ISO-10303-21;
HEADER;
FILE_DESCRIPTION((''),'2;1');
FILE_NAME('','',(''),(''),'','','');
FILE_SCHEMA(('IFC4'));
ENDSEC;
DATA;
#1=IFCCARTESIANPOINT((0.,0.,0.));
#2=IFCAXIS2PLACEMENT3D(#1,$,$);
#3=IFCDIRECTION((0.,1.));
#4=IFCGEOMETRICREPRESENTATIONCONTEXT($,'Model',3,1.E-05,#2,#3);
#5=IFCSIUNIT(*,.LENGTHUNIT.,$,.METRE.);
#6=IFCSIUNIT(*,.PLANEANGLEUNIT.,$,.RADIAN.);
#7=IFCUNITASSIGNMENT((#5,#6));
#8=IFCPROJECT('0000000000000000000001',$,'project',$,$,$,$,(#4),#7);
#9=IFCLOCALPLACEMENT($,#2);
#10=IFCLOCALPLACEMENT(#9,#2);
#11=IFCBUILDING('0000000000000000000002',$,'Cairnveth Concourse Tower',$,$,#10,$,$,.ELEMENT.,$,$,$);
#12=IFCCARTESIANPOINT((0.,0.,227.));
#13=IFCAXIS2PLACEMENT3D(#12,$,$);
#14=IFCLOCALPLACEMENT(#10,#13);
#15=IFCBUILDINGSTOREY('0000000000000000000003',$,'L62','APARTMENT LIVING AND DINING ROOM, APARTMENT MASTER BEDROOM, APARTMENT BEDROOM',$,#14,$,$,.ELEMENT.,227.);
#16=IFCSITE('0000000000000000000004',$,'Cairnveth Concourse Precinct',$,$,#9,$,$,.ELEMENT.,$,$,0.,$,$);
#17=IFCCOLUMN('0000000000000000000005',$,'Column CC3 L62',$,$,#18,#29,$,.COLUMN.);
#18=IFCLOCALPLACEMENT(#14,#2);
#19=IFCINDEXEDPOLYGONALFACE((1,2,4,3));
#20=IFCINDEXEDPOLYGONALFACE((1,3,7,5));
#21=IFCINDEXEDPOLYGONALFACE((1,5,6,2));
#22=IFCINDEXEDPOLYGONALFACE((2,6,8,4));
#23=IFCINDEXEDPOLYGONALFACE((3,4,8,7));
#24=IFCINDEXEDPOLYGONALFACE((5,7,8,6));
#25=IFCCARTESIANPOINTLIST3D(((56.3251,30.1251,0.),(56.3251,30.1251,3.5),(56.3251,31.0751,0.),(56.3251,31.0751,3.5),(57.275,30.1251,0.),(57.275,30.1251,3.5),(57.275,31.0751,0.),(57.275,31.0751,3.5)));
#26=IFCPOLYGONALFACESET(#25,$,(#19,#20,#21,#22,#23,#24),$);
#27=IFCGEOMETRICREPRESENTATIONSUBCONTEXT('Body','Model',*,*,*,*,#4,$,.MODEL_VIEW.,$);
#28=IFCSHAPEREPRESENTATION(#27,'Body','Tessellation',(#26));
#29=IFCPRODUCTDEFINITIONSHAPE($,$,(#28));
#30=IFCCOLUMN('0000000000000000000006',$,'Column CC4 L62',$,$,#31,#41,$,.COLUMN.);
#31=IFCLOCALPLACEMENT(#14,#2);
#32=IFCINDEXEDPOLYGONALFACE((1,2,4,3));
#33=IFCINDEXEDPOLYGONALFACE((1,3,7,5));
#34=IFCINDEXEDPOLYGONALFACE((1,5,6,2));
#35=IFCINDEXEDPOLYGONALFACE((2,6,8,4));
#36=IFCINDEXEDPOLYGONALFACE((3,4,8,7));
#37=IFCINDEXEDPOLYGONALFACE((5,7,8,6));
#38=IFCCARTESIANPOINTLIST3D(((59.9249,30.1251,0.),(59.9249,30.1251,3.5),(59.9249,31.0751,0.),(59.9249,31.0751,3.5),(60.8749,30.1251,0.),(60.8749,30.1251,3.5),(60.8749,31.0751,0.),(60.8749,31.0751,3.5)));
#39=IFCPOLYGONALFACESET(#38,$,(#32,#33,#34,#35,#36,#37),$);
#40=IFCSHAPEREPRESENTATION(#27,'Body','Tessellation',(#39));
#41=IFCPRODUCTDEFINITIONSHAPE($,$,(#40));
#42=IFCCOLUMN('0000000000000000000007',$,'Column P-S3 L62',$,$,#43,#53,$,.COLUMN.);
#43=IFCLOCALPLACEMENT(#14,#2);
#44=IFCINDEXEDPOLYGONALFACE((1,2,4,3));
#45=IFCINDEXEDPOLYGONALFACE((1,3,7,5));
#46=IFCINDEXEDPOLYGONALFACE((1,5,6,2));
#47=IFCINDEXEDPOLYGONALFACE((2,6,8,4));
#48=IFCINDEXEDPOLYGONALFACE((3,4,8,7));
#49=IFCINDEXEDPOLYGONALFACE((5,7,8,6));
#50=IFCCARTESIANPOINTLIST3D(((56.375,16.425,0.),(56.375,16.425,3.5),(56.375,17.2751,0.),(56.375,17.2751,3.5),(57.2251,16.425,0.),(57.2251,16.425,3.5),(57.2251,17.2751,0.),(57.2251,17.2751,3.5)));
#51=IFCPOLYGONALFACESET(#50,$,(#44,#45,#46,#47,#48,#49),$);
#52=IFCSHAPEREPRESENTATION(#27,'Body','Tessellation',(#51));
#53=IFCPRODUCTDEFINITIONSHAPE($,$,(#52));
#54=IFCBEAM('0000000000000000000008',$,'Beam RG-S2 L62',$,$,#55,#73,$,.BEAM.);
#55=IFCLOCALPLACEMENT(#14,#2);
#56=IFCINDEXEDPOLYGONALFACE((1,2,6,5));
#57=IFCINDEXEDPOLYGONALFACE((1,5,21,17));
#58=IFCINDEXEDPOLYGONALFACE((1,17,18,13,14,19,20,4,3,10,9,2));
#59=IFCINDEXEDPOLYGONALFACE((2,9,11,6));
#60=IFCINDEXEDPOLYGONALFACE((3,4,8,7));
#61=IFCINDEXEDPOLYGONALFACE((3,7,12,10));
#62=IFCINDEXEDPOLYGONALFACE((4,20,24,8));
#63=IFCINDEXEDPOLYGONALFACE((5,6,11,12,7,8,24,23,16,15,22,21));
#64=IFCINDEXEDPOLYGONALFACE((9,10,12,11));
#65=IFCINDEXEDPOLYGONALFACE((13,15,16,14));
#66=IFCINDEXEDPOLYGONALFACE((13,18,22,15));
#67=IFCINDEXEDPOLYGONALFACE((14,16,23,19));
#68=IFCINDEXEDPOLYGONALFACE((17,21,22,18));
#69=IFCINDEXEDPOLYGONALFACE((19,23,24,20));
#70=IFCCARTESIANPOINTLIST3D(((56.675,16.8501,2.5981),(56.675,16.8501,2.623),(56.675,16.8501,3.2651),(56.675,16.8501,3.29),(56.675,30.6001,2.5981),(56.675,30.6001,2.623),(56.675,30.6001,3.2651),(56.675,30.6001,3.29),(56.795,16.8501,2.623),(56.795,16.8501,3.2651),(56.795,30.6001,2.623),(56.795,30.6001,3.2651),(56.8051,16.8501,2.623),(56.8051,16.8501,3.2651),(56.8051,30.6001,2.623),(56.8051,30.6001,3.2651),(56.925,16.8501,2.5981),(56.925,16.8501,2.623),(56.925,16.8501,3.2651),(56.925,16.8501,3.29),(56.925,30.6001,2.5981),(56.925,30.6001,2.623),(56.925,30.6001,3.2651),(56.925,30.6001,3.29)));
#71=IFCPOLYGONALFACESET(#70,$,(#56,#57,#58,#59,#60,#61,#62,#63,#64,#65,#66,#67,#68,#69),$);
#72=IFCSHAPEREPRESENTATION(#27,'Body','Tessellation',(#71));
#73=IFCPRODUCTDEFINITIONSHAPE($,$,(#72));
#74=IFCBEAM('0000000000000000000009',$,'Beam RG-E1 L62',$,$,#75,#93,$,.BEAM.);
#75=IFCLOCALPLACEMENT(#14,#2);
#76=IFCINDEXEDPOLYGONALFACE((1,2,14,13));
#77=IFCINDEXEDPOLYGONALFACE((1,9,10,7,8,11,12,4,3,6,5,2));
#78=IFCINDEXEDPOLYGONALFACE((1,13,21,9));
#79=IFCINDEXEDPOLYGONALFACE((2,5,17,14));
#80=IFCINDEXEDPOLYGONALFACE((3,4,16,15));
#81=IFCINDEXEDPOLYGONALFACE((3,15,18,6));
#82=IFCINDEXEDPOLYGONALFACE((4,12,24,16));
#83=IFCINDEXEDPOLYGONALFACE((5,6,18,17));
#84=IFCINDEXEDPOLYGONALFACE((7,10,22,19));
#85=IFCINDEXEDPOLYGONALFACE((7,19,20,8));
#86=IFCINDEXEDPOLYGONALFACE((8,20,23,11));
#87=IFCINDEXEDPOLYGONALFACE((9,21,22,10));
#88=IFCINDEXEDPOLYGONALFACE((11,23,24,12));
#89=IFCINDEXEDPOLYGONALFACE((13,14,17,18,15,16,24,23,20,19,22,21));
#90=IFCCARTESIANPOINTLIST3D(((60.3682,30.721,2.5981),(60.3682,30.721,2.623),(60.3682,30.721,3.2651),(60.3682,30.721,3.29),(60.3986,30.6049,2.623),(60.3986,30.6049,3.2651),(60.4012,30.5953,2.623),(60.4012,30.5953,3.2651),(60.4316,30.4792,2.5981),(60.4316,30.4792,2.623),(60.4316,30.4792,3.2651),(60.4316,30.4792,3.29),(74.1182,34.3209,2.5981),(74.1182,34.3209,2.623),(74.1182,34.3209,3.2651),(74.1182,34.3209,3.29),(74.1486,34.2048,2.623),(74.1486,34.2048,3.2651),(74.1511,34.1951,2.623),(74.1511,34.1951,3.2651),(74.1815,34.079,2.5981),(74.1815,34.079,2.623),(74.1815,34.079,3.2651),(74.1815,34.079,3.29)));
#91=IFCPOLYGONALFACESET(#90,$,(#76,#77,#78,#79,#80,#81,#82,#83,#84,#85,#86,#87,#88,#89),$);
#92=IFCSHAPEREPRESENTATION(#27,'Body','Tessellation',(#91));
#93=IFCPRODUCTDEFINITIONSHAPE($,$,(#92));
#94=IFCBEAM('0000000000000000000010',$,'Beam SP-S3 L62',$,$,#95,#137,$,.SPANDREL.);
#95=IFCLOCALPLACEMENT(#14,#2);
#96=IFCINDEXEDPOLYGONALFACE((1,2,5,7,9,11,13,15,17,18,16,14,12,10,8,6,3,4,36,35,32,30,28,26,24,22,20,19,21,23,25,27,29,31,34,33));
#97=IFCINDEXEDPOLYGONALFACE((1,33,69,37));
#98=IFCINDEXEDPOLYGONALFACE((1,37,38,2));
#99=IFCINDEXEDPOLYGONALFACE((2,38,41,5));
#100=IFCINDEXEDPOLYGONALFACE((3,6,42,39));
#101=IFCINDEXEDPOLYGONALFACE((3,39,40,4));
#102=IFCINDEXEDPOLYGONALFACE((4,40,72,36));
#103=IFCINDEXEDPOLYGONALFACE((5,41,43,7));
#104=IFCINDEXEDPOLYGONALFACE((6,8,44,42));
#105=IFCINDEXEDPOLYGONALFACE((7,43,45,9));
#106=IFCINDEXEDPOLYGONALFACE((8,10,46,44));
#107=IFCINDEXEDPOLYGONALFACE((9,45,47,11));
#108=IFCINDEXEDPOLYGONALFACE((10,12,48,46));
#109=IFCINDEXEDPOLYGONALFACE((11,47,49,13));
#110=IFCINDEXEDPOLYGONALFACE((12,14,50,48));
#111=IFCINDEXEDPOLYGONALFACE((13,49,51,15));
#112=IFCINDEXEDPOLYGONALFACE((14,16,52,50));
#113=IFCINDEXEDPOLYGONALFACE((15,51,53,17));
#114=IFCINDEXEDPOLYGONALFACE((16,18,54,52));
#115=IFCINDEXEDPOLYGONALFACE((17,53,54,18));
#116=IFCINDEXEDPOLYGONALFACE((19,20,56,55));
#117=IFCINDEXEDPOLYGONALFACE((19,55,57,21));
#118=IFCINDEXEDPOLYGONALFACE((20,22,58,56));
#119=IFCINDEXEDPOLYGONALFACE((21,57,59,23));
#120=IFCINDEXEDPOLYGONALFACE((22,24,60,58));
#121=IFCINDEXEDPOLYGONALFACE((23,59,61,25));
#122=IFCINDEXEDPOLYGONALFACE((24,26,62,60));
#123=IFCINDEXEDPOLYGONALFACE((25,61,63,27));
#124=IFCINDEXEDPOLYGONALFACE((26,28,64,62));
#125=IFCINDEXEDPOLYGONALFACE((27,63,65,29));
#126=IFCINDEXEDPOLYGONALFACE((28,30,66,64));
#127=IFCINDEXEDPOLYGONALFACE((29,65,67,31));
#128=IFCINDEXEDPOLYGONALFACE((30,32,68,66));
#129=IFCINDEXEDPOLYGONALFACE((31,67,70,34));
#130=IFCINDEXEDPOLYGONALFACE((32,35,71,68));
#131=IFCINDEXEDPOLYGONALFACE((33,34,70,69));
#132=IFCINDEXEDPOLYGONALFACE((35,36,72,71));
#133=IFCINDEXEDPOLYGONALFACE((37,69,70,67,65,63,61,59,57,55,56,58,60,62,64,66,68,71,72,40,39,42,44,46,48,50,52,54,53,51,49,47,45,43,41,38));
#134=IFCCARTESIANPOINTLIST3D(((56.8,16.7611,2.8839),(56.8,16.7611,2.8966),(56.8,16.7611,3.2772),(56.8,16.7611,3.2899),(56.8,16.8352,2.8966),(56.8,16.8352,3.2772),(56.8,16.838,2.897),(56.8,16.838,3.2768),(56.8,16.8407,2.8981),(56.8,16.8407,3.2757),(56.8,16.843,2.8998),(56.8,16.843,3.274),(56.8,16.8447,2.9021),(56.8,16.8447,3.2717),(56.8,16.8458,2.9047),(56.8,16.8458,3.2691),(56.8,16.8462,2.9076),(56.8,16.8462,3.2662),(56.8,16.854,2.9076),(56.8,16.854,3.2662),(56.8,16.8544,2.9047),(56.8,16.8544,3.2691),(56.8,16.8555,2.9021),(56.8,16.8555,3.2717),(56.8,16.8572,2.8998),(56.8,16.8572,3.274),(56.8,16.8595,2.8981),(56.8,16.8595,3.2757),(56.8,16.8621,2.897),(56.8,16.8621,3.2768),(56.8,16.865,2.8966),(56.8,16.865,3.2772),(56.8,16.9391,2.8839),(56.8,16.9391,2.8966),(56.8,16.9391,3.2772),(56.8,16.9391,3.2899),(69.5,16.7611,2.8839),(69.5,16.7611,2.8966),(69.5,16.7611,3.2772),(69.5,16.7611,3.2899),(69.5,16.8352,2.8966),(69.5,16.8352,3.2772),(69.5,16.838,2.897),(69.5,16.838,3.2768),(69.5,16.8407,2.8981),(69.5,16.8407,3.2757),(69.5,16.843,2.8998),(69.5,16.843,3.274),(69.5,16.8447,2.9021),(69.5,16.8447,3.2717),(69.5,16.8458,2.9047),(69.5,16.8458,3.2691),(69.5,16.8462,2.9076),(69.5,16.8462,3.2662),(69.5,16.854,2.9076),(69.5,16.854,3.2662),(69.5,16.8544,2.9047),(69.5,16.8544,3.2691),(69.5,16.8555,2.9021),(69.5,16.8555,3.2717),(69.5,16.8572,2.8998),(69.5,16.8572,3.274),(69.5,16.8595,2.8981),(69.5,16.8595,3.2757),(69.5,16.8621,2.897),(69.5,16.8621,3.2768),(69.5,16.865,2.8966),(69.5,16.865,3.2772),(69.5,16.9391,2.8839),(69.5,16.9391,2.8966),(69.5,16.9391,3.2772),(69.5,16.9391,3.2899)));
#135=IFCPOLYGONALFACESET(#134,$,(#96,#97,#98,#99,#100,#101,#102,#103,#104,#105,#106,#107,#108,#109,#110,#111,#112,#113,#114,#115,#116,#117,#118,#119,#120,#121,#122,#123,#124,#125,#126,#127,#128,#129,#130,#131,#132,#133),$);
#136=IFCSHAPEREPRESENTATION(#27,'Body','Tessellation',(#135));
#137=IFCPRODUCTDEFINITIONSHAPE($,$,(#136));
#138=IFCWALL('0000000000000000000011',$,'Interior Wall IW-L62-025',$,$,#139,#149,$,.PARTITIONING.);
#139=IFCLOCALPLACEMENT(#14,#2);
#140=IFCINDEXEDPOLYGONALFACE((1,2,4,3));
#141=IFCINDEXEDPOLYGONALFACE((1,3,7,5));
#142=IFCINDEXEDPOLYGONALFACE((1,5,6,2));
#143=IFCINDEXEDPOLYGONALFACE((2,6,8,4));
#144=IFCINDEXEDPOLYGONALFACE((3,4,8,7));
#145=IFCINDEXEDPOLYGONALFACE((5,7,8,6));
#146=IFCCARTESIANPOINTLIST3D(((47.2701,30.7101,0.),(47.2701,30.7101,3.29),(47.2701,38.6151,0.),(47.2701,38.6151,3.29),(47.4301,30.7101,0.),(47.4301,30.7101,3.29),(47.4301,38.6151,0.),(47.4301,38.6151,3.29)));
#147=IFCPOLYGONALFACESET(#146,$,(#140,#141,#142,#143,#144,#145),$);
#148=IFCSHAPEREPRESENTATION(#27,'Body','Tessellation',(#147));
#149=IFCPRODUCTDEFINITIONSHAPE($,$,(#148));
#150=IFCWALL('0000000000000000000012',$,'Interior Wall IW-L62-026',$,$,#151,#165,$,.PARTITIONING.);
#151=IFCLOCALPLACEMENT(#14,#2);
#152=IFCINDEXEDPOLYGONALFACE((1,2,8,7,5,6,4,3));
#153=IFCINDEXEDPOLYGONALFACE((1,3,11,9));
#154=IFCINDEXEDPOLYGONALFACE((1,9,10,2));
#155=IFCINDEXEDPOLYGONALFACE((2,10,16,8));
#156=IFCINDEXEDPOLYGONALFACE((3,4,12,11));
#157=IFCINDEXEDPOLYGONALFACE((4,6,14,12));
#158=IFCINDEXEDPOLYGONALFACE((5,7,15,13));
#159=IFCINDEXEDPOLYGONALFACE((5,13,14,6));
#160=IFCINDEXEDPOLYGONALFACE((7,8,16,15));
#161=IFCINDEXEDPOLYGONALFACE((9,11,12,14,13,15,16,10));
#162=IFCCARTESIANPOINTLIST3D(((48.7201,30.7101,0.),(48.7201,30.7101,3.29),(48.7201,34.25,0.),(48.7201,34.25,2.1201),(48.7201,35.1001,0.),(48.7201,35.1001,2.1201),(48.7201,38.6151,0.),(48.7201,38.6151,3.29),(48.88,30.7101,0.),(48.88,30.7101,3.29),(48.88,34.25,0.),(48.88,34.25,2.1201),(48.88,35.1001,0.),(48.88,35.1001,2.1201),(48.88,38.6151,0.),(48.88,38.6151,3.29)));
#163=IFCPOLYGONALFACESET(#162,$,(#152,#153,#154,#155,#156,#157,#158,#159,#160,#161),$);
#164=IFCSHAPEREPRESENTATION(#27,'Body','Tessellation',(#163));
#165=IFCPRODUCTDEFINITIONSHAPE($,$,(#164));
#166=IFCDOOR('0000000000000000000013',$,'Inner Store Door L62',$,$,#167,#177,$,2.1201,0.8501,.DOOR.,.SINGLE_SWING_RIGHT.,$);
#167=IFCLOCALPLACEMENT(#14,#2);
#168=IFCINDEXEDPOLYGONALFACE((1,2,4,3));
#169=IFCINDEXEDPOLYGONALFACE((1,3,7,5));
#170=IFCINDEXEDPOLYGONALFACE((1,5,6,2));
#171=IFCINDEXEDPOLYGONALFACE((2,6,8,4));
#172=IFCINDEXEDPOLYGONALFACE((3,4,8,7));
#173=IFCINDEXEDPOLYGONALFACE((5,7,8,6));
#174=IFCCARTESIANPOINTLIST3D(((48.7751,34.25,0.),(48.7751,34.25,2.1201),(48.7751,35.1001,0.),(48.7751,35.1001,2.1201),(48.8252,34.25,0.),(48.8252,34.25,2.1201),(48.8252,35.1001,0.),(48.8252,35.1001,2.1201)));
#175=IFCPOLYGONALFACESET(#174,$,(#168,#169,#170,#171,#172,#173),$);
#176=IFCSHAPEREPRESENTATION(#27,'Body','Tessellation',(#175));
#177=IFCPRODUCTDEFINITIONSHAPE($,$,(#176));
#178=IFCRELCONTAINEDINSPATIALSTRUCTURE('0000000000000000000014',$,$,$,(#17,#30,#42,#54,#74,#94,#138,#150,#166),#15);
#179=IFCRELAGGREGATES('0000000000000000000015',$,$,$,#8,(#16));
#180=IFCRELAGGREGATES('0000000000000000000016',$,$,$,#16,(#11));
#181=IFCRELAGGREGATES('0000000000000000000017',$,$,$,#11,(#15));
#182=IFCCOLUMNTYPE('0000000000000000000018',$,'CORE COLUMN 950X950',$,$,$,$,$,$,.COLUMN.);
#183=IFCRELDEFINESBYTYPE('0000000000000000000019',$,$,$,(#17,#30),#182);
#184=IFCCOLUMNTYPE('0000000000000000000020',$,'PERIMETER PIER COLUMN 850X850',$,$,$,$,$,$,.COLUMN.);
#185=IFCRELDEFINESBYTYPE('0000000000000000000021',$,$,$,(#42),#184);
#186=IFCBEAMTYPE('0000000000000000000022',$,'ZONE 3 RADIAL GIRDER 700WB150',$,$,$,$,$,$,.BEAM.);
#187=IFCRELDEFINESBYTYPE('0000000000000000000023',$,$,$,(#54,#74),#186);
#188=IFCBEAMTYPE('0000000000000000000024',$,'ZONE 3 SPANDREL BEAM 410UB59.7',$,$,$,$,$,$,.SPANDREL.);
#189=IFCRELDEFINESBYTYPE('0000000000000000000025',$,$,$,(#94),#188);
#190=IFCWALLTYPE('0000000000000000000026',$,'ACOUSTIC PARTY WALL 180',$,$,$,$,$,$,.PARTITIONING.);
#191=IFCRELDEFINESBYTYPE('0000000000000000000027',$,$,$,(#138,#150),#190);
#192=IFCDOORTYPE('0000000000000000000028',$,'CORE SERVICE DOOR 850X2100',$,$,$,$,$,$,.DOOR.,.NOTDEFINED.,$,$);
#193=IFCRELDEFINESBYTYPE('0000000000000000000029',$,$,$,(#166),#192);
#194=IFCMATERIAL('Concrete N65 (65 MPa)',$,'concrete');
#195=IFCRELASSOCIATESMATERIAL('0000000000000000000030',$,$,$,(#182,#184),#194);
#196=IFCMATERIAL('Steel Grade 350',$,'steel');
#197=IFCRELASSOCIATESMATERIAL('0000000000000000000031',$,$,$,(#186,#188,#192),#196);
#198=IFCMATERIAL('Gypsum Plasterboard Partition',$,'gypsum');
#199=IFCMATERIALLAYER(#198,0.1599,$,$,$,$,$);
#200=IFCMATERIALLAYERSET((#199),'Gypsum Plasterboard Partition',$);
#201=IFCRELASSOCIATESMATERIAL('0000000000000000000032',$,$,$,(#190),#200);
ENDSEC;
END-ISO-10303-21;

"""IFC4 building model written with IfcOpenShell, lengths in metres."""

from ifc_helpers import new_model, si_unit, direction, frame, frame_2d, origin, origin_2d, place, context, subcontext, project, spatial, rectangle, i_section, extrude, material, layer, layer_set, material_profile, profile_set, type_object, element, fill, save


model = new_model("IFC4")

# Units and contexts
model_context = context("Model", 3, precision=1e-05, world=origin(), true_north=direction((0.0, 1.0)))
body_context = subcontext(model_context, "Body", "Model", "MODEL_VIEW")
ifc_project = project(units=[si_unit("LENGTHUNIT", "METRE"), si_unit("PLANEANGLEUNIT", "RADIAN")], contexts=[model_context])

# Site, building, storey
site_placement = place(None, origin())
site = spatial("IfcSite", under=ifc_project, at=site_placement, Name="Cairnveth Concourse Precinct", CompositionType="ELEMENT", RefElevation=0.0)
building_placement = place(site_placement, origin())
building = spatial("IfcBuilding", under=site, at=building_placement, Name="Cairnveth Concourse Tower", CompositionType="ELEMENT")
storey_placement = place(building_placement, frame((0.0, 0.0, 227.0)))
storey = spatial("IfcBuildingStorey", under=building, at=storey_placement, Name="L62", Description="APARTMENT LIVING AND DINING ROOM, APARTMENT MASTER BEDROOM, APARTMENT BEDROOM", CompositionType="ELEMENT", Elevation=227.0)

# Columns
ifc_material_1 = material(Name="Concrete N65 (65 MPa)", Category="concrete")
ifc_material_profile_1 = material_profile(ifc_material_1, rectangle(XDim=0.95, YDim=0.95, at=origin_2d()), Name="RC-COL-950x950")
ifc_profile_set_1 = profile_set([ifc_material_profile_1], Name="Concrete N65 (65 MPa)")
column_type_1 = type_object("IfcColumnType", Name="CORE COLUMN 950X950", PredefinedType="COLUMN", material=ifc_profile_set_1)
for number, where, z_axis, x_axis, name in (
    (1, (56.8, 30.6001, 0.0), (0.0, 0.0, 1.0), (1.0, 0.0, 0.0), "Column CC3 L62"),
    (2, (60.3999, 30.6001, 0.0), (0.0, 0.0, 1.0), (1.0, 0.0, 0.0), "Column CC4 L62"),
):
    element("IfcColumn", number, at=place(storey_placement, frame(where, z_axis=z_axis, x_axis=x_axis)), inside=storey, type_object=column_type_1, Name=name, PredefinedType="COLUMN", context=body_context, shape_type="SweptSolid", body=[
        extrude(rectangle(XDim=0.95, YDim=0.95, at=origin_2d()), origin(), (0.0, 0.0, 1.0), 3.5),
    ])
ifc_material_profile_2 = material_profile(ifc_material_1, rectangle(XDim=0.8501, YDim=0.8501, at=origin_2d()), Name="RC-COL-850x850")
ifc_profile_set_2 = profile_set([ifc_material_profile_2], Name="Concrete N65 (65 MPa)")
column_type_2 = type_object("IfcColumnType", Name="PERIMETER PIER COLUMN 850X850", PredefinedType="COLUMN", material=ifc_profile_set_2)
column_placement = place(storey_placement, frame((56.8, 16.8501, 0.0), z_axis=(0.0, 0.0, 1.0), x_axis=(1.0, 0.0, 0.0)))
element("IfcColumn", 3, at=column_placement, inside=storey, type_object=column_type_2, Name="Column P-S3 L62", PredefinedType="COLUMN", context=body_context, shape_type="SweptSolid", body=[
    extrude(rectangle(XDim=0.8501, YDim=0.8501, at=origin_2d()), origin(), (0.0, 0.0, 1.0), 3.5),
])

# Beams
ifc_material_2 = material(Name="Steel Grade 350", Category="steel")
ifc_material_profile_3 = material_profile(ifc_material_2, i_section(OverallWidth=0.25, OverallDepth=0.6919, WebThickness=0.01, FlangeThickness=0.0249, at=origin_2d()), Name="700WB150")
ifc_profile_set_3 = profile_set([ifc_material_profile_3], Name="Steel Grade 350")
beam_type_1 = type_object("IfcBeamType", Name="ZONE 3 RADIAL GIRDER 700WB150", PredefinedType="BEAM", material=ifc_profile_set_3)
beam_1_placement = place(storey_placement, frame((56.8, 16.8501, 2.9441), z_axis=(0.0, 1.0, 0.0), x_axis=(-1.0, 0.0, 0.0)))
element("IfcBeam", 4, at=beam_1_placement, inside=storey, type_object=beam_type_1, Name="Beam RG-S2 L62", PredefinedType="BEAM", context=body_context, shape_type="SweptSolid", body=[
    extrude(i_section(OverallWidth=0.25, OverallDepth=0.6919, WebThickness=0.01, FlangeThickness=0.0249, at=origin_2d()), origin(), (0.0, 0.0, 1.0), 13.75),
])
beam_2_placement = place(storey_placement, frame((60.3999, 30.6001, 2.9441), z_axis=(0.967395, 0.253271, 0.0), x_axis=(-0.253271, 0.967395, 0.0)))
element("IfcBeam", 5, at=beam_2_placement, inside=storey, type_object=beam_type_1, Name="Beam RG-E1 L62", PredefinedType="BEAM", context=body_context, shape_type="SweptSolid", body=[
    extrude(i_section(OverallWidth=0.25, OverallDepth=0.6919, WebThickness=0.01, FlangeThickness=0.0249, at=origin_2d()), origin(), (0.0, 0.0, 1.0), 14.2134),
])
ifc_material_profile_4 = material_profile(ifc_material_2, i_section(OverallWidth=0.178, OverallDepth=0.406, WebThickness=0.0078, FlangeThickness=0.0127, FilletRadius=0.011, at=origin_2d()), Name="410UB59.7")
ifc_profile_set_4 = profile_set([ifc_material_profile_4], Name="Steel Grade 350")
beam_type_2 = type_object("IfcBeamType", Name="ZONE 3 SPANDREL BEAM 410UB59.7", PredefinedType="SPANDREL", material=ifc_profile_set_4)
beam_3_placement = place(storey_placement, frame((56.8, 16.8501, 3.0869), z_axis=(1.0, 0.0, 0.0), x_axis=(0.0, 1.0, 0.0)))
element("IfcBeam", 6, at=beam_3_placement, inside=storey, type_object=beam_type_2, Name="Beam SP-S3 L62", PredefinedType="SPANDREL", context=body_context, shape_type="SweptSolid", body=[
    extrude(i_section(OverallWidth=0.178, OverallDepth=0.406, WebThickness=0.0078, FlangeThickness=0.0127, FilletRadius=0.011, at=origin_2d()), origin(), (0.0, 0.0, 1.0), 12.7),
])

# Wall
ifc_material_3 = material(Name="Gypsum Plasterboard Partition", Category="gypsum")
ifc_layer_1 = layer(ifc_material_3, 0.1599)
ifc_layer_set_1 = layer_set([ifc_layer_1], Name="Gypsum Plasterboard Partition")
wall_type_1 = type_object("IfcWallType", Name="ACOUSTIC PARTY WALL 180", PredefinedType="PARTITIONING", material=ifc_layer_set_1)
wall_1_placement = place(storey_placement, frame((47.3501, 30.71, 0.0), z_axis=(0.0, 0.0, 1.0), x_axis=(0.0, 1.0, 0.0)))
element("IfcWall", 7, at=wall_1_placement, inside=storey, type_object=wall_type_1, Name="Interior Wall IW-L62-025", PredefinedType="PARTITIONING", context=body_context, shape_type="SweptSolid", body=[
    extrude(rectangle(XDim=7.905, YDim=0.1599, at=frame_2d((3.9526, 0.0))), origin(), (0.0, 0.0, 1.0), 3.29),
])

# Wall, opening, door
wall_2_placement = place(storey_placement, frame((48.8, 30.71, 0.0), z_axis=(0.0, 0.0, 1.0), x_axis=(0.0, 1.0, 0.0)))
wall_2 = element("IfcWall", 8, at=wall_2_placement, inside=storey, type_object=wall_type_1, Name="Interior Wall IW-L62-026", PredefinedType="PARTITIONING", context=body_context, shape_type="SweptSolid", body=[
    extrude(rectangle(XDim=7.905, YDim=0.1599, at=frame_2d((3.9526, 0.0))), origin(), (0.0, 0.0, 1.0), 3.29),
])
opening_1_placement = place(wall_2_placement, frame((3.54, 0.0, 0.0)))
opening_1 = element("IfcOpeningElement", 9, at=opening_1_placement, cuts=wall_2, PredefinedType="OPENING", context=body_context, shape_type="SweptSolid", body=[
    extrude(rectangle(XDim=0.8501, YDim=2.1201, at=frame_2d((0.425, 1.0601))), frame((0.0, 0.0898, 0.0), z_axis=(0.0, -1.0, 0.0), x_axis=(1.0, 0.0, 0.0)), (0.0, 0.0, 1.0), 0.1799),
])
door_type_1 = type_object("IfcDoorType", Name="CORE SERVICE DOOR 850X2100", OperationType="NOTDEFINED", PredefinedType="DOOR", material=ifc_material_2)
door_1_placement = place(opening_1_placement, origin())
door_1 = element("IfcDoor", 10, at=door_1_placement, inside=storey, type_object=door_type_1, Name="Inner Store Door L62", OperationType="SINGLE_SWING_RIGHT", OverallHeight=2.1201, OverallWidth=0.8501, PredefinedType="DOOR", context=body_context, shape_type="SweptSolid", body=[
    extrude(rectangle(XDim=0.8501, YDim=2.1201, at=frame_2d((0.425, 1.0601))), frame((0.0, 0.0249, 0.0), z_axis=(0.0, -1.0, 0.0), x_axis=(1.0, 0.0, 0.0)), (0.0, 0.0, 1.0), 0.05),
])
fill(opening_1, door_1)

save(model, "model.ifc")
